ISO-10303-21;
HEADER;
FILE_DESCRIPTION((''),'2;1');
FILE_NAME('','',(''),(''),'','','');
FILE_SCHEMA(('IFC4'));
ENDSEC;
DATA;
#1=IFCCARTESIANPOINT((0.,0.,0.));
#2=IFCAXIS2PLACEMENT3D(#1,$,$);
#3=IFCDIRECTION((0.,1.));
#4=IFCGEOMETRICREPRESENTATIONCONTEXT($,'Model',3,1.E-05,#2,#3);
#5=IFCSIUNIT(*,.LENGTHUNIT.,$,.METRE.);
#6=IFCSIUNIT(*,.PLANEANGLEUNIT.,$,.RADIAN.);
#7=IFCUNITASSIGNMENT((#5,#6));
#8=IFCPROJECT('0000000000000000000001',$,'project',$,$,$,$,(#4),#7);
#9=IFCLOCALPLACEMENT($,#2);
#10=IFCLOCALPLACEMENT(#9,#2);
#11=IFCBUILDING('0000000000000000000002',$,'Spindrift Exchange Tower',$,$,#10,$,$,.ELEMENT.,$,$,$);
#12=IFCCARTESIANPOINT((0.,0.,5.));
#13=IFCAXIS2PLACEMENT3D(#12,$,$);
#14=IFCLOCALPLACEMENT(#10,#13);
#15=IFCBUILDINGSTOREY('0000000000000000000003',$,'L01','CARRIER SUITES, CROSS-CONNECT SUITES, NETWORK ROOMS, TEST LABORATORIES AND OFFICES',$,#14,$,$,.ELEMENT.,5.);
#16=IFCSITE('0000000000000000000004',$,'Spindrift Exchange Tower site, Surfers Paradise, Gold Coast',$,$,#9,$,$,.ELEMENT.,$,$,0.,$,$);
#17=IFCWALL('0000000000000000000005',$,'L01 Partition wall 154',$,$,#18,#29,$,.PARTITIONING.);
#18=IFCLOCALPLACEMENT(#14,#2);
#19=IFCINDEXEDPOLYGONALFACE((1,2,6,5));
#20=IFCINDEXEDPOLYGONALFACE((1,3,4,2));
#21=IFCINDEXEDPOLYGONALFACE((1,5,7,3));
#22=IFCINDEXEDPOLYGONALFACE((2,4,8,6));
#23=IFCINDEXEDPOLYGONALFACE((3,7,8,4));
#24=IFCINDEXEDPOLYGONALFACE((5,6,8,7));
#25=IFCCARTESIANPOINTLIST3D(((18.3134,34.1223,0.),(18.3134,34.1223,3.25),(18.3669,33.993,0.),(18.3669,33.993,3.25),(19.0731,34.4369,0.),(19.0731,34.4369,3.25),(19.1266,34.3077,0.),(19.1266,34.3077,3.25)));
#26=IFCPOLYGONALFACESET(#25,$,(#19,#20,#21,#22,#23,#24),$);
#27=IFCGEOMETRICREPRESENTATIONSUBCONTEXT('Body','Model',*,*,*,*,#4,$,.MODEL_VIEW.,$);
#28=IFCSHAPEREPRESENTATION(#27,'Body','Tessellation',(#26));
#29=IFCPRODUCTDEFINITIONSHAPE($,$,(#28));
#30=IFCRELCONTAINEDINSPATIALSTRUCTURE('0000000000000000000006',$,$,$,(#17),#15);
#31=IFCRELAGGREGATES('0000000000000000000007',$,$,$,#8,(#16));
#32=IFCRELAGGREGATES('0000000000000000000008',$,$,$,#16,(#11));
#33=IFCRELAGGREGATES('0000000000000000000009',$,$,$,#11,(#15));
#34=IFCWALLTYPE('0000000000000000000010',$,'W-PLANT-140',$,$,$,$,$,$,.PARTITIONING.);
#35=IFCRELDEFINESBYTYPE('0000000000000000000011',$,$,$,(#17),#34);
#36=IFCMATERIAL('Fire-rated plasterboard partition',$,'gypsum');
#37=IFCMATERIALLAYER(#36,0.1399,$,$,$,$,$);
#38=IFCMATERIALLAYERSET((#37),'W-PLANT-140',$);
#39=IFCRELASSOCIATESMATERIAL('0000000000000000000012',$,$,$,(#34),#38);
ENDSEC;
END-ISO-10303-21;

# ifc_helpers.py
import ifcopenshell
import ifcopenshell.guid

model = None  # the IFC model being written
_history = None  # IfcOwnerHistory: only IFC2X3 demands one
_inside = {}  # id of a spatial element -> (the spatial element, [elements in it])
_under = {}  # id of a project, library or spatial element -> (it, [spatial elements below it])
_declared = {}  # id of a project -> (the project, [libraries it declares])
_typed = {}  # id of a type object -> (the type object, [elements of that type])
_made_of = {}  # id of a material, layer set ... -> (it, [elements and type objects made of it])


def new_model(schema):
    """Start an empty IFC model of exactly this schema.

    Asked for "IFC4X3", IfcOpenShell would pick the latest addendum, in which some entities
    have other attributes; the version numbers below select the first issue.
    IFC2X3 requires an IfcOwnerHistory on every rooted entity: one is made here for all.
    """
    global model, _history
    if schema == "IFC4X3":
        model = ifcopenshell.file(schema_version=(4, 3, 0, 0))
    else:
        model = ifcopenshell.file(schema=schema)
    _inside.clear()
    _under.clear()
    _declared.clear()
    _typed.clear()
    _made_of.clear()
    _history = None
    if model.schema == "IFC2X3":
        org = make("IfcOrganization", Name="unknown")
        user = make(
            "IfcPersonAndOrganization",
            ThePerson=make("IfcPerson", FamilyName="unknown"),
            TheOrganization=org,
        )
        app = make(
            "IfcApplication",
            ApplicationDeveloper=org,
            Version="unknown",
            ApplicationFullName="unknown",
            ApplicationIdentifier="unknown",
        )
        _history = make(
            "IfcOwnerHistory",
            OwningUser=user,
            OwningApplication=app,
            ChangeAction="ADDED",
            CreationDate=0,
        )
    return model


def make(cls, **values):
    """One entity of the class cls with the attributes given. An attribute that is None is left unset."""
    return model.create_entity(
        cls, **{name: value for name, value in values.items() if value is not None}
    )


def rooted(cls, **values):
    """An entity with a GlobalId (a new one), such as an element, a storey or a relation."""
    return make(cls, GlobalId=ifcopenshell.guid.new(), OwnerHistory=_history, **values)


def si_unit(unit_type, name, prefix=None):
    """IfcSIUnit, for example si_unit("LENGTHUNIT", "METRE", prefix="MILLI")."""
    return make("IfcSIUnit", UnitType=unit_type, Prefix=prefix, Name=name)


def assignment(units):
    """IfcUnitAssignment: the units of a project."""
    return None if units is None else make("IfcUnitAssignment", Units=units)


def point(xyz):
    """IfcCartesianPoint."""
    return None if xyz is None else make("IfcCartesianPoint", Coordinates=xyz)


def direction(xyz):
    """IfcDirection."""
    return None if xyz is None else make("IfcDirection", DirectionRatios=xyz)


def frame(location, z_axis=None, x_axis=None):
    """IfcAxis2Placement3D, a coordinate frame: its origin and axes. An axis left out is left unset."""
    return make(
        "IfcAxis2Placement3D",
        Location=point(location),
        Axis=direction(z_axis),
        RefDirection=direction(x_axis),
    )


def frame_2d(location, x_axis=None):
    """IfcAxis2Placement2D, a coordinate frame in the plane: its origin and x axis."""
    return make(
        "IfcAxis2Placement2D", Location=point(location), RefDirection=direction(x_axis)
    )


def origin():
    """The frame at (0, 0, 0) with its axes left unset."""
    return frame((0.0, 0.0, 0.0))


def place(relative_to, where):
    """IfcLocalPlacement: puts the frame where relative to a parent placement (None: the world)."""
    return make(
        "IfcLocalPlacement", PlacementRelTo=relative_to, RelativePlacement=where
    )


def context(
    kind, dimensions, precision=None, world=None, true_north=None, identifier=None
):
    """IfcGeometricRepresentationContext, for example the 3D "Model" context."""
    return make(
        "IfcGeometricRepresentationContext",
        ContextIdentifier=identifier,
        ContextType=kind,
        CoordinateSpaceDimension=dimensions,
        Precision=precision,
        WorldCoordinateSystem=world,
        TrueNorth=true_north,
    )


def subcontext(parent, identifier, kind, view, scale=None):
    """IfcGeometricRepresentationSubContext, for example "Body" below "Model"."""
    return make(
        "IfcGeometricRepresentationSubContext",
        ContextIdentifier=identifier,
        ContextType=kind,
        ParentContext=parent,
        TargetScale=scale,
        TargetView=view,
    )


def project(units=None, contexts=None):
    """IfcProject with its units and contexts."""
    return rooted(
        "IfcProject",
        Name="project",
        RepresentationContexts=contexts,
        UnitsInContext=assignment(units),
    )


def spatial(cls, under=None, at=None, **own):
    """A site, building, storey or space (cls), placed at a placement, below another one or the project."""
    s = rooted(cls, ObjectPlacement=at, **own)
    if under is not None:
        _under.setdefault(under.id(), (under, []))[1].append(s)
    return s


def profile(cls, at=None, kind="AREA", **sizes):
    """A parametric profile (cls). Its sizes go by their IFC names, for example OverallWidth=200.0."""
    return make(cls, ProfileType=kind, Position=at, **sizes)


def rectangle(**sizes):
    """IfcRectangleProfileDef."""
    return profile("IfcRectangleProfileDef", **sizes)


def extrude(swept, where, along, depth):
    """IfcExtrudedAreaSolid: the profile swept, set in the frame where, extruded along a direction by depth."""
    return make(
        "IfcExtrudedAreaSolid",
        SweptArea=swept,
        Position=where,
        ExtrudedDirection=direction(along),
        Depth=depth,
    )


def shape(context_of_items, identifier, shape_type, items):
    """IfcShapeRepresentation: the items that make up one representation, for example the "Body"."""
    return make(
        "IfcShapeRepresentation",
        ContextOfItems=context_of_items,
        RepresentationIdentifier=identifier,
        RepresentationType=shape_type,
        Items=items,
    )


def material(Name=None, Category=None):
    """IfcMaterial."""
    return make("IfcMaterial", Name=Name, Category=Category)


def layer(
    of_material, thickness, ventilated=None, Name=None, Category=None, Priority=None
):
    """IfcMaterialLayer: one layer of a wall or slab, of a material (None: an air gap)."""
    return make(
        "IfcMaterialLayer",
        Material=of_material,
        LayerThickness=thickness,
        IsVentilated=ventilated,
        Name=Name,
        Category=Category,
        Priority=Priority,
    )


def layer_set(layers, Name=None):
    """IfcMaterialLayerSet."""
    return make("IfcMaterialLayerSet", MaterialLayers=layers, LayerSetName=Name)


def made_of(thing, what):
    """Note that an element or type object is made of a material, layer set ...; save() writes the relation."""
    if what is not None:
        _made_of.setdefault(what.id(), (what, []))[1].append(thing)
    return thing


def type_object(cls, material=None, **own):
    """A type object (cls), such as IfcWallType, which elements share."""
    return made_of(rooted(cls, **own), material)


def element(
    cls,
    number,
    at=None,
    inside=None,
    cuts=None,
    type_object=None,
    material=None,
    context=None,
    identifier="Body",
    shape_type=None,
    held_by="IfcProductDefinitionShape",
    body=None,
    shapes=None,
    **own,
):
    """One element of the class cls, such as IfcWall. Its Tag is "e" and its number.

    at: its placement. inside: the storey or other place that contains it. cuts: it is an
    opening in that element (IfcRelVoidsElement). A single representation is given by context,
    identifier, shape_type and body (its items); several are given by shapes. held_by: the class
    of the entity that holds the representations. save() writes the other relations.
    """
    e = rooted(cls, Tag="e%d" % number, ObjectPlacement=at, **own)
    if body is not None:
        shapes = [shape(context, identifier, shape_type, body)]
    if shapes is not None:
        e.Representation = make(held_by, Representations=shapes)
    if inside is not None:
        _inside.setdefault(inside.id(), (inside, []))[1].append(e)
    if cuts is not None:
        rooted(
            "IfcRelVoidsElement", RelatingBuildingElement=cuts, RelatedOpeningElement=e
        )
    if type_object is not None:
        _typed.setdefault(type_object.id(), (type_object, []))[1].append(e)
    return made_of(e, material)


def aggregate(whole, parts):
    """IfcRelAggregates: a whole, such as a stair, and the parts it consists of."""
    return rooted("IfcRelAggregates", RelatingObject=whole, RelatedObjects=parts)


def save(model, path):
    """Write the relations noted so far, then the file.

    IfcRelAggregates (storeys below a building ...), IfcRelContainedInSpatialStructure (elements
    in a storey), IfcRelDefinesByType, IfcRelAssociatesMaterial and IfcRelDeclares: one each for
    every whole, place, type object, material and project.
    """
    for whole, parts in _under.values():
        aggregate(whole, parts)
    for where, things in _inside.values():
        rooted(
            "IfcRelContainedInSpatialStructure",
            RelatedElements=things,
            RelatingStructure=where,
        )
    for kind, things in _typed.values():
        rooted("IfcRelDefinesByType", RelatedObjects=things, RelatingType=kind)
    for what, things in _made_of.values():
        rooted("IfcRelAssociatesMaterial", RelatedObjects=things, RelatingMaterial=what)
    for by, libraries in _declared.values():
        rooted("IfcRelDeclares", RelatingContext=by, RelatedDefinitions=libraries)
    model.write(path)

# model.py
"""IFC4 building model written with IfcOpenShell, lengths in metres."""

from ifc_helpers import new_model, si_unit, direction, frame, frame_2d, origin, place, context, subcontext, project, spatial, rectangle, extrude, material, layer, layer_set, type_object, element, save


model = new_model("IFC4")

# Units and contexts
model_context = context("Model", 3, precision=1e-05, world=origin(), true_north=direction((0.0, 1.0)))
body_context = subcontext(model_context, "Body", "Model", "MODEL_VIEW")
ifc_project = project(units=[si_unit("LENGTHUNIT", "METRE"), si_unit("PLANEANGLEUNIT", "RADIAN")], contexts=[model_context])

# Site, building, storey
site_placement = place(None, origin())
site = spatial("IfcSite", under=ifc_project, at=site_placement, Name="Spindrift Exchange Tower site, Surfers Paradise, Gold Coast", CompositionType="ELEMENT", RefElevation=0.0)
building_placement = place(site_placement, origin())
building = spatial("IfcBuilding", under=site, at=building_placement, Name="Spindrift Exchange Tower", CompositionType="ELEMENT")
storey_placement = place(building_placement, frame((0.0, 0.0, 5.0)))
storey = spatial("IfcBuildingStorey", under=building, at=storey_placement, Name="L01", Description="CARRIER SUITES, CROSS-CONNECT SUITES, NETWORK ROOMS, TEST LABORATORIES AND OFFICES", CompositionType="ELEMENT", Elevation=5.0)

# Wall
ifc_material_1 = material(Name="Fire-rated plasterboard partition", Category="gypsum")
ifc_layer_1 = layer(ifc_material_1, 0.1399)
ifc_layer_set_1 = layer_set([ifc_layer_1], Name="W-PLANT-140")
wall_type = type_object("IfcWallType", Name="W-PLANT-140", PredefinedType="PARTITIONING", material=ifc_layer_set_1)
wall_placement = place(storey_placement, frame((19.0999, 34.3723, 0.0), z_axis=(0.0, 0.0, 1.0), x_axis=(-0.923883, -0.382675, 0.0)))
element("IfcWall", 1, at=wall_placement, inside=storey, type_object=wall_type, Name="L01 Partition wall 154", PredefinedType="PARTITIONING", context=body_context, shape_type="SweptSolid", body=[
    extrude(rectangle(XDim=0.8223, YDim=0.1399, at=frame_2d((0.4111, 0.0))), origin(), (0.0, 0.0, 1.0), 3.25),
])

save(model, "model.ifc")
